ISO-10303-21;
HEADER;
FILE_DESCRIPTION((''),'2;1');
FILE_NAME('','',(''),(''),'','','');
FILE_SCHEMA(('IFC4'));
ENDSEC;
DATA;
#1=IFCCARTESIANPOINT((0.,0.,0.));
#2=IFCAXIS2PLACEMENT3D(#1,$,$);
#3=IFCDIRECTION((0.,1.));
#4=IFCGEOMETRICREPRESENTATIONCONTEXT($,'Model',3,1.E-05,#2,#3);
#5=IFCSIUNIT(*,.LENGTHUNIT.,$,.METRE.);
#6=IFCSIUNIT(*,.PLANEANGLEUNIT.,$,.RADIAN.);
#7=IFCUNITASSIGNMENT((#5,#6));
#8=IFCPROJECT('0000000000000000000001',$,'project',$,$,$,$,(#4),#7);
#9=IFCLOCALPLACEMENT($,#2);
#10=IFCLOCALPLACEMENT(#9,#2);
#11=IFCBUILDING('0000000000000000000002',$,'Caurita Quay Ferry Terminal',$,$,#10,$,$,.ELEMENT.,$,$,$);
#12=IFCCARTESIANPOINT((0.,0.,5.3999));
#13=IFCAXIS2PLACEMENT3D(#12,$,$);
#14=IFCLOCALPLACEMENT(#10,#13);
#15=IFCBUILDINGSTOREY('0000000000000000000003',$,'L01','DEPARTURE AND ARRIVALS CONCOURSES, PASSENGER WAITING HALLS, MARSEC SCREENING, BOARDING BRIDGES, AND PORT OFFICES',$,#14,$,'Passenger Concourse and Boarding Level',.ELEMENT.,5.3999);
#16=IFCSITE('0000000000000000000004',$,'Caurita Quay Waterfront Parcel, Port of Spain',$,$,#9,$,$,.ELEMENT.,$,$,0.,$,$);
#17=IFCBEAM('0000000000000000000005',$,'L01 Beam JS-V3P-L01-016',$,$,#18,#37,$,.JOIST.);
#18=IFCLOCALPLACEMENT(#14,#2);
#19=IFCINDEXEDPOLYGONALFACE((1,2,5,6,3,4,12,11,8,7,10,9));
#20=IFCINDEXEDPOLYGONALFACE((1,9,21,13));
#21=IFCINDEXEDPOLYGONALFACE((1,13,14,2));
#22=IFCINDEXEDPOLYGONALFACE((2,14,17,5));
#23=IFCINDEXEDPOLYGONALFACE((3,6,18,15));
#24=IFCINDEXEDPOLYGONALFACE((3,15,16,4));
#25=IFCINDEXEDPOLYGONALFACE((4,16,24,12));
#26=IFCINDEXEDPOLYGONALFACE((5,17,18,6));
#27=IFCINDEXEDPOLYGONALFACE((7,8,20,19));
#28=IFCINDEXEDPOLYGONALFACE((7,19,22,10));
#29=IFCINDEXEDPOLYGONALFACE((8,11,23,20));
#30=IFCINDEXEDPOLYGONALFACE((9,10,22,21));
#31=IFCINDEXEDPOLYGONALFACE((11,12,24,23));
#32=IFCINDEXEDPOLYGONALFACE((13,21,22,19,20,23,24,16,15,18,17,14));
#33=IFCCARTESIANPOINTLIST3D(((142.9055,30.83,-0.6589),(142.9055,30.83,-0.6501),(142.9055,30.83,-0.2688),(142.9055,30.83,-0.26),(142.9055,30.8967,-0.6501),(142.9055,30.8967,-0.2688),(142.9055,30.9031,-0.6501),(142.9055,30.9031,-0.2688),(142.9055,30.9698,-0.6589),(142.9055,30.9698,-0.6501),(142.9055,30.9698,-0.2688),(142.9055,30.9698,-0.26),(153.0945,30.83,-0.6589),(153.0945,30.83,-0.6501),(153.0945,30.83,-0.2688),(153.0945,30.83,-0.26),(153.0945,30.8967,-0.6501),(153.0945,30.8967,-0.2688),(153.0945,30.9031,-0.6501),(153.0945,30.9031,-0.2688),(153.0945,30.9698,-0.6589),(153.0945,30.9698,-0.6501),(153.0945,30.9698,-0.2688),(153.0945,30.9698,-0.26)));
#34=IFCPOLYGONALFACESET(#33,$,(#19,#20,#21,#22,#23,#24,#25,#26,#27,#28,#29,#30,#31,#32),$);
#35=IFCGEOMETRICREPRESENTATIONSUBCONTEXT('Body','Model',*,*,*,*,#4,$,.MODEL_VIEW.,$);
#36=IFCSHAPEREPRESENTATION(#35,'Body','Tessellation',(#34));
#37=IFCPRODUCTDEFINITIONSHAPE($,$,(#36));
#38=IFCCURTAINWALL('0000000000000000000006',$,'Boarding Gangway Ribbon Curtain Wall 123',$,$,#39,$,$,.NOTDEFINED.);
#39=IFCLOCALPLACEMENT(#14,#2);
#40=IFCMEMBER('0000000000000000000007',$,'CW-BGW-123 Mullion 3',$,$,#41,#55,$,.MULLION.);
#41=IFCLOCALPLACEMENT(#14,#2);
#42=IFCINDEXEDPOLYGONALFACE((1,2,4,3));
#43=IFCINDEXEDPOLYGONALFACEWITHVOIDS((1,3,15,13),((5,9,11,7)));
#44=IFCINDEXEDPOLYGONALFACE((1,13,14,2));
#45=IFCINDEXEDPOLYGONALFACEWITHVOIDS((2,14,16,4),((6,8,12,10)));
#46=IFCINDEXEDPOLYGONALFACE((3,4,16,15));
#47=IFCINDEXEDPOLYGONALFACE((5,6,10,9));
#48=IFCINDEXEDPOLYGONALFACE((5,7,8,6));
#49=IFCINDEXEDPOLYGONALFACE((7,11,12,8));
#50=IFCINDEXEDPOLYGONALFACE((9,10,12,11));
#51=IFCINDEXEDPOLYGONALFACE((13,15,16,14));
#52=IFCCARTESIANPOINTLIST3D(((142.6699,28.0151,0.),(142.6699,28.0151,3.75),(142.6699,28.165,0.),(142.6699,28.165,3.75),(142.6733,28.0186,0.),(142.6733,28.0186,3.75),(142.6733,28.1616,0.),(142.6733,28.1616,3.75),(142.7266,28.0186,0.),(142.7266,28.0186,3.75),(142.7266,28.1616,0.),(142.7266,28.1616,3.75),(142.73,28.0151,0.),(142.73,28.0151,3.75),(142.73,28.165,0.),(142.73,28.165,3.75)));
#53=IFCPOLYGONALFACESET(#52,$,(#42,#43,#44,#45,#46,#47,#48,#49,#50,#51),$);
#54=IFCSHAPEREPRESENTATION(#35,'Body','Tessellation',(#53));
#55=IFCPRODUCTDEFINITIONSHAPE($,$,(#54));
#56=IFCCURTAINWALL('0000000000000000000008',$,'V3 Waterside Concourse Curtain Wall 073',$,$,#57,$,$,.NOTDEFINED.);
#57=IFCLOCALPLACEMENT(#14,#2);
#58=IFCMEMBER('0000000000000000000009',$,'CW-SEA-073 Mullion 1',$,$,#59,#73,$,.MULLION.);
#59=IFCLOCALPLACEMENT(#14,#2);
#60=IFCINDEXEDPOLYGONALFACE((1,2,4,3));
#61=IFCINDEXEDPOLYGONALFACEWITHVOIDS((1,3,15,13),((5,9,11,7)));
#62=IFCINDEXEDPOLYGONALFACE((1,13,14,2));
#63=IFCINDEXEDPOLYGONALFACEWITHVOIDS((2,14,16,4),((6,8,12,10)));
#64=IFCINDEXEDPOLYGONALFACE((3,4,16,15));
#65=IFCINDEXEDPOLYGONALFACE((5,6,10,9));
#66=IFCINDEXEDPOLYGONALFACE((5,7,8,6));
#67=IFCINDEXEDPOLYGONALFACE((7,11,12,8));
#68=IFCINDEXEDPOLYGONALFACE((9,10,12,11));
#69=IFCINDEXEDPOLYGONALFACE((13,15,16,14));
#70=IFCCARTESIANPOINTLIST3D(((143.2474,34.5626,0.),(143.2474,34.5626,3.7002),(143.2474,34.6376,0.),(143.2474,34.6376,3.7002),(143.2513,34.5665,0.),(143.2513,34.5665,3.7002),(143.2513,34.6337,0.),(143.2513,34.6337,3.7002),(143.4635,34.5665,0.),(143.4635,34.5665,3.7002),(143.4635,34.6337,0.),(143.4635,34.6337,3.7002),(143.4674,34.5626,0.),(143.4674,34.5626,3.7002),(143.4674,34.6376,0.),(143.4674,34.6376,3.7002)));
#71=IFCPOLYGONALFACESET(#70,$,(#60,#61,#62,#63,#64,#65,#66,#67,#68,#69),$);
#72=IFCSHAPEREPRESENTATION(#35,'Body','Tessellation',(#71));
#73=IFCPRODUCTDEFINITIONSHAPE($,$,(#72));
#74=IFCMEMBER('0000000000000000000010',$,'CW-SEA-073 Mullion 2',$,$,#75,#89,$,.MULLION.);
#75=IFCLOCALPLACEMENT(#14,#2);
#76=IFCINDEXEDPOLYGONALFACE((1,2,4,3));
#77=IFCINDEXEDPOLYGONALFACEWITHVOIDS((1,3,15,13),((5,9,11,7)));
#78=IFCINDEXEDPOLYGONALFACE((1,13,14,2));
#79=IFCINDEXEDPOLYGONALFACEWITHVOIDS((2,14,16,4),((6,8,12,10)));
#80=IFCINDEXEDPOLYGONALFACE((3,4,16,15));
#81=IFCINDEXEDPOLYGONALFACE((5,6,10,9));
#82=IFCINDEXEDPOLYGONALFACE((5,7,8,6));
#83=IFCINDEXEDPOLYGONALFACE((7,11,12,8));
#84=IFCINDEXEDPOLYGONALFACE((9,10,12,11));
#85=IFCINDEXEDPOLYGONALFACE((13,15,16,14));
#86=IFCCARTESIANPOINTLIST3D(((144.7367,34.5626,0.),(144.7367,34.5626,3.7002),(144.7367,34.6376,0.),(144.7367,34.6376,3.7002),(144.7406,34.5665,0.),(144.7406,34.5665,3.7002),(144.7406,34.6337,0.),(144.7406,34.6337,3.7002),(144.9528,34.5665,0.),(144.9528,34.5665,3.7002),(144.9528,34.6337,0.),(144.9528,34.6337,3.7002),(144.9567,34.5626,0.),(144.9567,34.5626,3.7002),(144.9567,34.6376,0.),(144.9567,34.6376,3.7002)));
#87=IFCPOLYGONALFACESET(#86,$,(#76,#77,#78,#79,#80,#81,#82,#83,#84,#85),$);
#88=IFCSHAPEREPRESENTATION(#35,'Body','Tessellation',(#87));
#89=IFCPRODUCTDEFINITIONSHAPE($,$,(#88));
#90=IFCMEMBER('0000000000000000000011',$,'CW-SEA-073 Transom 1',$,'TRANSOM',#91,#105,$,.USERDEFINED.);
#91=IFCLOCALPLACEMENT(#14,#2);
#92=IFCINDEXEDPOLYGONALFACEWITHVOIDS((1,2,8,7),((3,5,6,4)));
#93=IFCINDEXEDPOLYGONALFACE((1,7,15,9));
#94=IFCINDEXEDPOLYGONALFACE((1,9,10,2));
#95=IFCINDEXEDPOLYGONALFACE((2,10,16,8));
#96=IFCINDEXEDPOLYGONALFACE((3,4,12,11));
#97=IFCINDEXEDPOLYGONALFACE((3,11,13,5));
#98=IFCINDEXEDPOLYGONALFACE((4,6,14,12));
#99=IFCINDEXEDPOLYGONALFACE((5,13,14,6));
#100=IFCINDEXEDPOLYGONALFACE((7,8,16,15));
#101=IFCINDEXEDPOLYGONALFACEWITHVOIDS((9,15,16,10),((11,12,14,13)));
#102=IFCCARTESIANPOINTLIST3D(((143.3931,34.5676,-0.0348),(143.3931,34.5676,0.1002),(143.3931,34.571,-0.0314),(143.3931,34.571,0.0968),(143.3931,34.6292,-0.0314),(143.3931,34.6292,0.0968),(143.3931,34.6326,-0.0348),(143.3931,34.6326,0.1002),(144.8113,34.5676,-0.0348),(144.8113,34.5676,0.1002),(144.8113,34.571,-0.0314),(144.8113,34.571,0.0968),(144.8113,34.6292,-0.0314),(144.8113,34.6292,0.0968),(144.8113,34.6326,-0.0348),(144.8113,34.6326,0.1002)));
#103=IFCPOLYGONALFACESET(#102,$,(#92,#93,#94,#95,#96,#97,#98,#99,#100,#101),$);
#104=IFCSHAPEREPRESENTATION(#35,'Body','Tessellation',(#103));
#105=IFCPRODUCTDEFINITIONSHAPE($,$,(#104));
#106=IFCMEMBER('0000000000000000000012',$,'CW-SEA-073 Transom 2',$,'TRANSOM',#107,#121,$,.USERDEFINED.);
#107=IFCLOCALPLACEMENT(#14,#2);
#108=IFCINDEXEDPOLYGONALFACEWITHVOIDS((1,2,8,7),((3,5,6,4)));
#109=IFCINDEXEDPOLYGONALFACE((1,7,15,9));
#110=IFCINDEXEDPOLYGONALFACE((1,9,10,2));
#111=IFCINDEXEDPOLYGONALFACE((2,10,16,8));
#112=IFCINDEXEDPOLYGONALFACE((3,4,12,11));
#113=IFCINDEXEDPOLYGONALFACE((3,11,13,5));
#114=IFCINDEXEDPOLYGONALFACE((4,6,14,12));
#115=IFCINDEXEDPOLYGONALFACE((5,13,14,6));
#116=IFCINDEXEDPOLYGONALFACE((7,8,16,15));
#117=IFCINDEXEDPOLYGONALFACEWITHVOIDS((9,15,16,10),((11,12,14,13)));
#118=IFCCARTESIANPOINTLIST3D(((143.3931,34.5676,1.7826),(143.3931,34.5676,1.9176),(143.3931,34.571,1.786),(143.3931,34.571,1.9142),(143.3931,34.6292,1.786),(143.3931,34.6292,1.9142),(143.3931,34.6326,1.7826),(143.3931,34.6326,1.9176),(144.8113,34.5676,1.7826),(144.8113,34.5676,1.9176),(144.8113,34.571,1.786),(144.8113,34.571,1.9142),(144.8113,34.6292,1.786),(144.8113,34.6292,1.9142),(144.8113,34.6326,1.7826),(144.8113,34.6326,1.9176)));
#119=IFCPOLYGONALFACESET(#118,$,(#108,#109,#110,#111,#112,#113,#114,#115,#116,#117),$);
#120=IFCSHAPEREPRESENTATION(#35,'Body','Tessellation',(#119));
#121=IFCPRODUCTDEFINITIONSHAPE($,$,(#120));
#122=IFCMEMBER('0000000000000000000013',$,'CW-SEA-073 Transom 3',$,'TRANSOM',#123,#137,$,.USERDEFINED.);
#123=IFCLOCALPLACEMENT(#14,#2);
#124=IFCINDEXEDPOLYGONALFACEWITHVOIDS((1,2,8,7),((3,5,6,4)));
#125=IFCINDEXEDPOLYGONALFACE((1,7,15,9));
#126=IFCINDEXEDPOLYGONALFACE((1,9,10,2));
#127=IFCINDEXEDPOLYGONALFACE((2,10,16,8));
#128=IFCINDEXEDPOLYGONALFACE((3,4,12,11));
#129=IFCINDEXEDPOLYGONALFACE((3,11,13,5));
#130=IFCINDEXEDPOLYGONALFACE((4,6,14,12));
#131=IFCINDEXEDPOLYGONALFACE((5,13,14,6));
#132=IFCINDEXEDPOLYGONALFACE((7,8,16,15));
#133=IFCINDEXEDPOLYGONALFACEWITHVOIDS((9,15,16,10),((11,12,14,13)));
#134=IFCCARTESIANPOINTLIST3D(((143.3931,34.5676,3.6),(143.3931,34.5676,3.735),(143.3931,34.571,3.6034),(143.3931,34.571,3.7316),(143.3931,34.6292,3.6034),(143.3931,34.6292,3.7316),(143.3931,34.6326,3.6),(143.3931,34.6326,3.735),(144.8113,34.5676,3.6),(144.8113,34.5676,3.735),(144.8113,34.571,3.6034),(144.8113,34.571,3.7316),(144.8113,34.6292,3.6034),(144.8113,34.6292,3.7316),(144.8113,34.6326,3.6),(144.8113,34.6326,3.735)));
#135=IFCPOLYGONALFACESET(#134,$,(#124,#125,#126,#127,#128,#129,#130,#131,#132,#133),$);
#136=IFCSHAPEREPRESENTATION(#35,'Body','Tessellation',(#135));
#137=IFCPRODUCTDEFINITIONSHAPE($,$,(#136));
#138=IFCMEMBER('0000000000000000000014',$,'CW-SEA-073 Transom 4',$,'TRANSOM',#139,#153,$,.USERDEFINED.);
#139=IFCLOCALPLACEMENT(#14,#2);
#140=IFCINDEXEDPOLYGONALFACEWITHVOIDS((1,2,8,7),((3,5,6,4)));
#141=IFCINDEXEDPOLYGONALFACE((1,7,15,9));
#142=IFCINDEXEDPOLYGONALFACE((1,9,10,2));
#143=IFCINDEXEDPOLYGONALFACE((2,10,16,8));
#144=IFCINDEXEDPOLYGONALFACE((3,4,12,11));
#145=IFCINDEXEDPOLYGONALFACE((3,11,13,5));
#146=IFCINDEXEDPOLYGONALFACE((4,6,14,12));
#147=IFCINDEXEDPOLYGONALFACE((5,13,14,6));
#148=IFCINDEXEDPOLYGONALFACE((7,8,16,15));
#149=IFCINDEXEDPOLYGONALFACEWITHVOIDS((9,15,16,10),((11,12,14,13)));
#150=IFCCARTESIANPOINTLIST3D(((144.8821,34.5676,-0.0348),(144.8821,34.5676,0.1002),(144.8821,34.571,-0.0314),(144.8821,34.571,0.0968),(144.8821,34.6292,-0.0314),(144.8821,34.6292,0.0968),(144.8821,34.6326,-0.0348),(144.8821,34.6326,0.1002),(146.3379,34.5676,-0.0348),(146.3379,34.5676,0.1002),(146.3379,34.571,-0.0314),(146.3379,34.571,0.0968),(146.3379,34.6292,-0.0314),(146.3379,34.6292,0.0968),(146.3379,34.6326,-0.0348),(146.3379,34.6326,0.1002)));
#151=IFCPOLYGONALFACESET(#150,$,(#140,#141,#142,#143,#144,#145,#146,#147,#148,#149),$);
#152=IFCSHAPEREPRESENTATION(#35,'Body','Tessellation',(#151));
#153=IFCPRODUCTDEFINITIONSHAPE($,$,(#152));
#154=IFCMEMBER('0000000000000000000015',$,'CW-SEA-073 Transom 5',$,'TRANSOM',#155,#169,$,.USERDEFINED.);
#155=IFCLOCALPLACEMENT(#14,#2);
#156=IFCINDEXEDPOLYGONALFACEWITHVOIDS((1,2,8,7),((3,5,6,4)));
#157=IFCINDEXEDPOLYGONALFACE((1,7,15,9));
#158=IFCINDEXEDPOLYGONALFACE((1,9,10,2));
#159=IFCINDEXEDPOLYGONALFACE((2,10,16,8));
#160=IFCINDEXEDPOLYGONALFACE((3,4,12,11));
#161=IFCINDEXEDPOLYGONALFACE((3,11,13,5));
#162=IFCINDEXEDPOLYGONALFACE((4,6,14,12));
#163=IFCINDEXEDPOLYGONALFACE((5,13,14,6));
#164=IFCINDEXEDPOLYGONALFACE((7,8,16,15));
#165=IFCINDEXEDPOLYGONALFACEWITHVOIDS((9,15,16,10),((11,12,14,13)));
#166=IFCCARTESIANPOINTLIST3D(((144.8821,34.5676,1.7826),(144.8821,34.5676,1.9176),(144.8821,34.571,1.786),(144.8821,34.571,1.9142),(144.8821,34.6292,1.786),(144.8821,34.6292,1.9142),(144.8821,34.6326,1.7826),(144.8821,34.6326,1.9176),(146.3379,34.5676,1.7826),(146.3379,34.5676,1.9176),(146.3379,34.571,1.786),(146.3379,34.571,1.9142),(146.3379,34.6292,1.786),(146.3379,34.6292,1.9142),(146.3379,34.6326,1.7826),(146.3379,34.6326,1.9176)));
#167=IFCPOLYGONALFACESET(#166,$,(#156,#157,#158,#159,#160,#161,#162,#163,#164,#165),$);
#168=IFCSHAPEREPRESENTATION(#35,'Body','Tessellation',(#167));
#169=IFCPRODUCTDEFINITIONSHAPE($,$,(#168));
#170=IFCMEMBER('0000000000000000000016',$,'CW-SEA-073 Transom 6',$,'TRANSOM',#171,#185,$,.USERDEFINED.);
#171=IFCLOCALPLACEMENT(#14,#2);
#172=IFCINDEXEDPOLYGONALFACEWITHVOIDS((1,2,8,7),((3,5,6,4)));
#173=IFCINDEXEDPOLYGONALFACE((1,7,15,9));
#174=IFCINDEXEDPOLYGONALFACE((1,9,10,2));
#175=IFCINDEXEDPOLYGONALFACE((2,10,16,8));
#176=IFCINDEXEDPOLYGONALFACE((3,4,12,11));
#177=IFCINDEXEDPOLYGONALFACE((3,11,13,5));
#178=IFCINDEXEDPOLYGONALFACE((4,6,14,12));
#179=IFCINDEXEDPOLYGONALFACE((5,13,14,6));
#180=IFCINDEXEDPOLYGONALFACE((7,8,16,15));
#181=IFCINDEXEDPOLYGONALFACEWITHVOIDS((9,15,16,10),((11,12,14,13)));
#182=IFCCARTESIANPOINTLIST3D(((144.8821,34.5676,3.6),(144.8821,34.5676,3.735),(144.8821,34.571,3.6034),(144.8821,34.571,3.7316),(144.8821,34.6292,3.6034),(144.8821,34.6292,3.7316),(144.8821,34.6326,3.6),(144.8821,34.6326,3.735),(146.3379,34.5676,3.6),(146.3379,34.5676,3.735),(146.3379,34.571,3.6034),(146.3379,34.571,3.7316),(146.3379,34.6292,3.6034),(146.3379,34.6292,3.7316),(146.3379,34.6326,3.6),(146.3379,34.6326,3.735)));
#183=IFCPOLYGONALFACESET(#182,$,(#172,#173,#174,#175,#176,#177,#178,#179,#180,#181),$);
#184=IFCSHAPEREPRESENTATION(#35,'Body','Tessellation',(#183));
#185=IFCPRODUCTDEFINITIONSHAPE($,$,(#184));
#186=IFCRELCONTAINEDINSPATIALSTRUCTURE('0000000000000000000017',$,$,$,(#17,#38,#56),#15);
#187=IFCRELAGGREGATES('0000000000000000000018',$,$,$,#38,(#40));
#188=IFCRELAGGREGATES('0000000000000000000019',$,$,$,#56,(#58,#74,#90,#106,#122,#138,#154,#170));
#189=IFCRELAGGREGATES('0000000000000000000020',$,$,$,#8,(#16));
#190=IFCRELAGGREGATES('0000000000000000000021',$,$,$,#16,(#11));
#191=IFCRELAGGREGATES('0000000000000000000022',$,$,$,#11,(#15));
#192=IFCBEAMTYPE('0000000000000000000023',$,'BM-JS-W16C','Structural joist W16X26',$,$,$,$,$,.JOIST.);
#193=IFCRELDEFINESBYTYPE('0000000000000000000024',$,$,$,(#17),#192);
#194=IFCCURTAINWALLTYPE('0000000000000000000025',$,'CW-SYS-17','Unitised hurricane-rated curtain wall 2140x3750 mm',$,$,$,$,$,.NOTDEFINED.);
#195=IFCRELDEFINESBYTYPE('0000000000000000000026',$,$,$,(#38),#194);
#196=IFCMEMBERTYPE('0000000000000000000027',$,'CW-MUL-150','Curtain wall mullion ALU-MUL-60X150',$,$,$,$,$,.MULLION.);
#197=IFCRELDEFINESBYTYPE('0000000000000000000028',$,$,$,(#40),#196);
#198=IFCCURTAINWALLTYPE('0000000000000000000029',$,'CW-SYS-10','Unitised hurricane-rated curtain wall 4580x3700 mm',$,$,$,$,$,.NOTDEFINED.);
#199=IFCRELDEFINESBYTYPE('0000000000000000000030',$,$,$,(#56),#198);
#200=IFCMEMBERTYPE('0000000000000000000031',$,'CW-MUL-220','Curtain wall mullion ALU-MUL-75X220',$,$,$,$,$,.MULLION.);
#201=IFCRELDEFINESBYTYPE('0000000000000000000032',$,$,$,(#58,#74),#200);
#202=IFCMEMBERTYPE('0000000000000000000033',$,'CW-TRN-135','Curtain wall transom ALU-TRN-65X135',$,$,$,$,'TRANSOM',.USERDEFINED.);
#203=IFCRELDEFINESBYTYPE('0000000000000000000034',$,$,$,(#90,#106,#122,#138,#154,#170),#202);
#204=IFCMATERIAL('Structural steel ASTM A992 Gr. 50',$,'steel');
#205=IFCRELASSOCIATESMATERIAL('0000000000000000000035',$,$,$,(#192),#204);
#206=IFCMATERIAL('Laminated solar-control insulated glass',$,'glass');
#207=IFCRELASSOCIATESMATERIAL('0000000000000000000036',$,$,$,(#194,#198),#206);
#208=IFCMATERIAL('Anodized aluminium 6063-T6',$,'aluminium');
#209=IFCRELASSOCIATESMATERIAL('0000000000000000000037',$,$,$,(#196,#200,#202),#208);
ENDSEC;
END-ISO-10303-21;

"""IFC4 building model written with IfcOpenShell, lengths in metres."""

from ifc_helpers import new_model, si_unit, direction, frame, origin, origin_2d, place, context, subcontext, project, spatial, hollow_rectangle, i_section, extrude, material, material_profile, profile_set, type_object, element, aggregate, save


model = new_model("IFC4")

# Units and contexts
model_context = context("Model", 3, precision=1e-05, world=origin(), true_north=direction((0.0, 1.0)))
body_context = subcontext(model_context, "Body", "Model", "MODEL_VIEW")
ifc_project = project(units=[si_unit("LENGTHUNIT", "METRE"), si_unit("PLANEANGLEUNIT", "RADIAN")], contexts=[model_context])

# Site, building, storey
site_placement = place(None, origin())
site = spatial("IfcSite", under=ifc_project, at=site_placement, Name="Caurita Quay Waterfront Parcel, Port of Spain", CompositionType="ELEMENT", RefElevation=0.0)
building_placement = place(site_placement, origin())
building = spatial("IfcBuilding", under=site, at=building_placement, Name="Caurita Quay Ferry Terminal", CompositionType="ELEMENT")
storey_placement = place(building_placement, frame((0.0, 0.0, 5.3999)))
storey = spatial("IfcBuildingStorey", under=building, at=storey_placement, Name="L01", Description="DEPARTURE AND ARRIVALS CONCOURSES, PASSENGER WAITING HALLS, MARSEC SCREENING, BOARDING BRIDGES, AND PORT OFFICES", LongName="Passenger Concourse and Boarding Level", CompositionType="ELEMENT", Elevation=5.3999)

# Shared definitions
ifc_material_1 = material(Name="Structural steel ASTM A992 Gr. 50", Category="steel")

# Beam
ifc_material_profile_1 = material_profile(ifc_material_1, i_section(OverallWidth=0.1399, OverallDepth=0.3989, WebThickness=0.0063, FlangeThickness=0.0088, at=origin_2d()), Name="W16X26")
ifc_profile_set_1 = profile_set([ifc_material_profile_1], Name="Structural steel ASTM A992 Gr. 50")
beam_type_1 = type_object("IfcBeamType", Name="BM-JS-W16C", Description="Structural joist W16X26", PredefinedType="JOIST", material=ifc_profile_set_1)
for number, where, z_axis, x_axis, name in (
    (1, (142.9055, 30.8999, -0.4595), (1.0, 0.0, 0.0), (0.0, 1.0, 0.0), "L01 Beam JS-V3P-L01-016"),
):
    element("IfcBeam", number, at=place(storey_placement, frame(where, z_axis=z_axis, x_axis=x_axis)), inside=storey, type_object=beam_type_1, Name=name, PredefinedType="JOIST", context=body_context, shape_type="SweptSolid", body=[
        extrude(i_section(OverallWidth=0.1399, OverallDepth=0.3989, WebThickness=0.0063, FlangeThickness=0.0088, at=origin_2d()), origin(), (0.0, 0.0, 1.0), 10.189),
    ])

# Curtain wall, member
ifc_material_2 = material(Name="Laminated solar-control insulated glass", Category="glass")
curtain_wall_type_1 = type_object("IfcCurtainWallType", Name="CW-SYS-17", Description="Unitised hurricane-rated curtain wall 2140x3750 mm", PredefinedType="NOTDEFINED", material=ifc_material_2)
curtain_wall_1_placement = place(storey_placement, origin())
curtain_wall_1 = element("IfcCurtainWall", 2, at=curtain_wall_1_placement, inside=storey, type_object=curtain_wall_type_1, Name="Boarding Gangway Ribbon Curtain Wall 123", PredefinedType="NOTDEFINED")
ifc_material_3 = material(Name="Anodized aluminium 6063-T6", Category="aluminium")
ifc_material_profile_2 = material_profile(ifc_material_3, hollow_rectangle(XDim=0.0601, YDim=0.1499, WallThickness=0.0034, at=origin_2d()), Name="ALU-MUL-60X150")
ifc_profile_set_2 = profile_set([ifc_material_profile_2], Name="Anodized aluminium 6063-T6")
member_type_1 = type_object("IfcMemberType", Name="CW-MUL-150", Description="Curtain wall mullion ALU-MUL-60X150", PredefinedType="MULLION", material=ifc_profile_set_2)
member_1_placement = place(storey_placement, frame((142.7, 28.0901, 0.0), z_axis=(0.0, 0.0, 1.0), x_axis=(-1.0, 0.0, 0.0)))
member_1 = element("IfcMember", 3, at=member_1_placement, type_object=member_type_1, Name="CW-BGW-123 Mullion 3", PredefinedType="MULLION", context=body_context, shape_type="SweptSolid", body=[
    extrude(hollow_rectangle(XDim=0.0601, YDim=0.1499, WallThickness=0.0034, at=origin_2d()), origin(), (0.0, 0.0, 1.0), 3.75),
])

# Curtain wall, members
curtain_wall_type_2 = type_object("IfcCurtainWallType", Name="CW-SYS-10", Description="Unitised hurricane-rated curtain wall 4580x3700 mm", PredefinedType="NOTDEFINED", material=ifc_material_2)
curtain_wall_2_placement = place(storey_placement, origin())
curtain_wall_2 = element("IfcCurtainWall", 4, at=curtain_wall_2_placement, inside=storey, type_object=curtain_wall_type_2, Name="V3 Waterside Concourse Curtain Wall 073", PredefinedType="NOTDEFINED")
ifc_material_profile_3 = material_profile(ifc_material_3, hollow_rectangle(XDim=0.075, YDim=0.22, WallThickness=0.0039, at=origin_2d()), Name="ALU-MUL-75X220")
ifc_profile_set_3 = profile_set([ifc_material_profile_3], Name="Anodized aluminium 6063-T6")
member_type_2 = type_object("IfcMemberType", Name="CW-MUL-220", Description="Curtain wall mullion ALU-MUL-75X220", PredefinedType="MULLION", material=ifc_profile_set_3)
member_2_placement = place(storey_placement, frame((143.3574, 34.6001, 0.0), z_axis=(0.0, 0.0, 1.0), x_axis=(0.0, 1.0, 0.0)))
member_2 = element("IfcMember", 5, at=member_2_placement, type_object=member_type_2, Name="CW-SEA-073 Mullion 1", PredefinedType="MULLION", context=body_context, shape_type="SweptSolid", body=[
    extrude(hollow_rectangle(XDim=0.075, YDim=0.22, WallThickness=0.0039, at=origin_2d()), origin(), (0.0, 0.0, 1.0), 3.7002),
])
member_3_placement = place(storey_placement, frame((144.8467, 34.6001, 0.0), z_axis=(0.0, 0.0, 1.0), x_axis=(0.0, 1.0, 0.0)))
member_3 = element("IfcMember", 6, at=member_3_placement, type_object=member_type_2, Name="CW-SEA-073 Mullion 2", PredefinedType="MULLION", context=body_context, shape_type="SweptSolid", body=[
    extrude(hollow_rectangle(XDim=0.075, YDim=0.22, WallThickness=0.0039, at=origin_2d()), origin(), (0.0, 0.0, 1.0), 3.7002),
])
ifc_material_profile_4 = material_profile(ifc_material_3, hollow_rectangle(XDim=0.0649, YDim=0.135, WallThickness=0.0034, at=origin_2d()), Name="ALU-TRN-65X135")
ifc_profile_set_4 = profile_set([ifc_material_profile_4], Name="Anodized aluminium 6063-T6")
member_type_3 = type_object("IfcMemberType", Name="CW-TRN-135", Description="Curtain wall transom ALU-TRN-65X135", ElementType="TRANSOM", PredefinedType="USERDEFINED", material=ifc_profile_set_4)
member_4_placement = place(storey_placement, frame((143.3931, 34.6001, 0.0327), z_axis=(1.0, 0.0, 0.0), x_axis=(0.0, 1.0, 0.0)))
member_4 = element("IfcMember", 7, at=member_4_placement, type_object=member_type_3, Name="CW-SEA-073 Transom 1", ObjectType="TRANSOM", PredefinedType="USERDEFINED", context=body_context, shape_type="SweptSolid", body=[
    extrude(hollow_rectangle(XDim=0.0649, YDim=0.135, WallThickness=0.0034, at=origin_2d()), origin(), (0.0, 0.0, 1.0), 1.4182),
])
member_5_placement = place(storey_placement, frame((143.3931, 34.6001, 1.8501), z_axis=(1.0, 0.0, 0.0), x_axis=(0.0, 1.0, 0.0)))
member_5 = element("IfcMember", 8, at=member_5_placement, type_object=member_type_3, Name="CW-SEA-073 Transom 2", ObjectType="TRANSOM", PredefinedType="USERDEFINED", context=body_context, shape_type="SweptSolid", body=[
    extrude(hollow_rectangle(XDim=0.0649, YDim=0.135, WallThickness=0.0034, at=origin_2d()), origin(), (0.0, 0.0, 1.0), 1.4182),
])
member_6_placement = place(storey_placement, frame((143.3931, 34.6001, 3.6675), z_axis=(1.0, 0.0, 0.0), x_axis=(0.0, 1.0, 0.0)))
member_6 = element("IfcMember", 9, at=member_6_placement, type_object=member_type_3, Name="CW-SEA-073 Transom 3", ObjectType="TRANSOM", PredefinedType="USERDEFINED", context=body_context, shape_type="SweptSolid", body=[
    extrude(hollow_rectangle(XDim=0.0649, YDim=0.135, WallThickness=0.0034, at=origin_2d()), origin(), (0.0, 0.0, 1.0), 1.4182),
])
member_7_placement = place(storey_placement, frame((144.8821, 34.6001, 0.0327), z_axis=(1.0, 0.0, 0.0), x_axis=(0.0, 1.0, 0.0)))
member_7 = element("IfcMember", 10, at=member_7_placement, type_object=member_type_3, Name="CW-SEA-073 Transom 4", ObjectType="TRANSOM", PredefinedType="USERDEFINED", context=body_context, shape_type="SweptSolid", body=[
    extrude(hollow_rectangle(XDim=0.0649, YDim=0.135, WallThickness=0.0034, at=origin_2d()), origin(), (0.0, 0.0, 1.0), 1.4558),
])
member_8_placement = place(storey_placement, frame((144.8821, 34.6001, 1.8501), z_axis=(1.0, 0.0, 0.0), x_axis=(0.0, 1.0, 0.0)))
member_8 = element("IfcMember", 11, at=member_8_placement, type_object=member_type_3, Name="CW-SEA-073 Transom 5", ObjectType="TRANSOM", PredefinedType="USERDEFINED", context=body_context, shape_type="SweptSolid", body=[
    extrude(hollow_rectangle(XDim=0.0649, YDim=0.135, WallThickness=0.0034, at=origin_2d()), origin(), (0.0, 0.0, 1.0), 1.4558),
])
member_9_placement = place(storey_placement, frame((144.8821, 34.6001, 3.6675), z_axis=(1.0, 0.0, 0.0), x_axis=(0.0, 1.0, 0.0)))
member_9 = element("IfcMember", 12, at=member_9_placement, type_object=member_type_3, Name="CW-SEA-073 Transom 6", ObjectType="TRANSOM", PredefinedType="USERDEFINED", context=body_context, shape_type="SweptSolid", body=[
    extrude(hollow_rectangle(XDim=0.0649, YDim=0.135, WallThickness=0.0034, at=origin_2d()), origin(), (0.0, 0.0, 1.0), 1.4558),
])

aggregate(curtain_wall_1, [member_1])
aggregate(curtain_wall_2, [member_2, member_3, member_4, member_5, member_6, member_7, member_8, member_9])

save(model, "model.ifc")
